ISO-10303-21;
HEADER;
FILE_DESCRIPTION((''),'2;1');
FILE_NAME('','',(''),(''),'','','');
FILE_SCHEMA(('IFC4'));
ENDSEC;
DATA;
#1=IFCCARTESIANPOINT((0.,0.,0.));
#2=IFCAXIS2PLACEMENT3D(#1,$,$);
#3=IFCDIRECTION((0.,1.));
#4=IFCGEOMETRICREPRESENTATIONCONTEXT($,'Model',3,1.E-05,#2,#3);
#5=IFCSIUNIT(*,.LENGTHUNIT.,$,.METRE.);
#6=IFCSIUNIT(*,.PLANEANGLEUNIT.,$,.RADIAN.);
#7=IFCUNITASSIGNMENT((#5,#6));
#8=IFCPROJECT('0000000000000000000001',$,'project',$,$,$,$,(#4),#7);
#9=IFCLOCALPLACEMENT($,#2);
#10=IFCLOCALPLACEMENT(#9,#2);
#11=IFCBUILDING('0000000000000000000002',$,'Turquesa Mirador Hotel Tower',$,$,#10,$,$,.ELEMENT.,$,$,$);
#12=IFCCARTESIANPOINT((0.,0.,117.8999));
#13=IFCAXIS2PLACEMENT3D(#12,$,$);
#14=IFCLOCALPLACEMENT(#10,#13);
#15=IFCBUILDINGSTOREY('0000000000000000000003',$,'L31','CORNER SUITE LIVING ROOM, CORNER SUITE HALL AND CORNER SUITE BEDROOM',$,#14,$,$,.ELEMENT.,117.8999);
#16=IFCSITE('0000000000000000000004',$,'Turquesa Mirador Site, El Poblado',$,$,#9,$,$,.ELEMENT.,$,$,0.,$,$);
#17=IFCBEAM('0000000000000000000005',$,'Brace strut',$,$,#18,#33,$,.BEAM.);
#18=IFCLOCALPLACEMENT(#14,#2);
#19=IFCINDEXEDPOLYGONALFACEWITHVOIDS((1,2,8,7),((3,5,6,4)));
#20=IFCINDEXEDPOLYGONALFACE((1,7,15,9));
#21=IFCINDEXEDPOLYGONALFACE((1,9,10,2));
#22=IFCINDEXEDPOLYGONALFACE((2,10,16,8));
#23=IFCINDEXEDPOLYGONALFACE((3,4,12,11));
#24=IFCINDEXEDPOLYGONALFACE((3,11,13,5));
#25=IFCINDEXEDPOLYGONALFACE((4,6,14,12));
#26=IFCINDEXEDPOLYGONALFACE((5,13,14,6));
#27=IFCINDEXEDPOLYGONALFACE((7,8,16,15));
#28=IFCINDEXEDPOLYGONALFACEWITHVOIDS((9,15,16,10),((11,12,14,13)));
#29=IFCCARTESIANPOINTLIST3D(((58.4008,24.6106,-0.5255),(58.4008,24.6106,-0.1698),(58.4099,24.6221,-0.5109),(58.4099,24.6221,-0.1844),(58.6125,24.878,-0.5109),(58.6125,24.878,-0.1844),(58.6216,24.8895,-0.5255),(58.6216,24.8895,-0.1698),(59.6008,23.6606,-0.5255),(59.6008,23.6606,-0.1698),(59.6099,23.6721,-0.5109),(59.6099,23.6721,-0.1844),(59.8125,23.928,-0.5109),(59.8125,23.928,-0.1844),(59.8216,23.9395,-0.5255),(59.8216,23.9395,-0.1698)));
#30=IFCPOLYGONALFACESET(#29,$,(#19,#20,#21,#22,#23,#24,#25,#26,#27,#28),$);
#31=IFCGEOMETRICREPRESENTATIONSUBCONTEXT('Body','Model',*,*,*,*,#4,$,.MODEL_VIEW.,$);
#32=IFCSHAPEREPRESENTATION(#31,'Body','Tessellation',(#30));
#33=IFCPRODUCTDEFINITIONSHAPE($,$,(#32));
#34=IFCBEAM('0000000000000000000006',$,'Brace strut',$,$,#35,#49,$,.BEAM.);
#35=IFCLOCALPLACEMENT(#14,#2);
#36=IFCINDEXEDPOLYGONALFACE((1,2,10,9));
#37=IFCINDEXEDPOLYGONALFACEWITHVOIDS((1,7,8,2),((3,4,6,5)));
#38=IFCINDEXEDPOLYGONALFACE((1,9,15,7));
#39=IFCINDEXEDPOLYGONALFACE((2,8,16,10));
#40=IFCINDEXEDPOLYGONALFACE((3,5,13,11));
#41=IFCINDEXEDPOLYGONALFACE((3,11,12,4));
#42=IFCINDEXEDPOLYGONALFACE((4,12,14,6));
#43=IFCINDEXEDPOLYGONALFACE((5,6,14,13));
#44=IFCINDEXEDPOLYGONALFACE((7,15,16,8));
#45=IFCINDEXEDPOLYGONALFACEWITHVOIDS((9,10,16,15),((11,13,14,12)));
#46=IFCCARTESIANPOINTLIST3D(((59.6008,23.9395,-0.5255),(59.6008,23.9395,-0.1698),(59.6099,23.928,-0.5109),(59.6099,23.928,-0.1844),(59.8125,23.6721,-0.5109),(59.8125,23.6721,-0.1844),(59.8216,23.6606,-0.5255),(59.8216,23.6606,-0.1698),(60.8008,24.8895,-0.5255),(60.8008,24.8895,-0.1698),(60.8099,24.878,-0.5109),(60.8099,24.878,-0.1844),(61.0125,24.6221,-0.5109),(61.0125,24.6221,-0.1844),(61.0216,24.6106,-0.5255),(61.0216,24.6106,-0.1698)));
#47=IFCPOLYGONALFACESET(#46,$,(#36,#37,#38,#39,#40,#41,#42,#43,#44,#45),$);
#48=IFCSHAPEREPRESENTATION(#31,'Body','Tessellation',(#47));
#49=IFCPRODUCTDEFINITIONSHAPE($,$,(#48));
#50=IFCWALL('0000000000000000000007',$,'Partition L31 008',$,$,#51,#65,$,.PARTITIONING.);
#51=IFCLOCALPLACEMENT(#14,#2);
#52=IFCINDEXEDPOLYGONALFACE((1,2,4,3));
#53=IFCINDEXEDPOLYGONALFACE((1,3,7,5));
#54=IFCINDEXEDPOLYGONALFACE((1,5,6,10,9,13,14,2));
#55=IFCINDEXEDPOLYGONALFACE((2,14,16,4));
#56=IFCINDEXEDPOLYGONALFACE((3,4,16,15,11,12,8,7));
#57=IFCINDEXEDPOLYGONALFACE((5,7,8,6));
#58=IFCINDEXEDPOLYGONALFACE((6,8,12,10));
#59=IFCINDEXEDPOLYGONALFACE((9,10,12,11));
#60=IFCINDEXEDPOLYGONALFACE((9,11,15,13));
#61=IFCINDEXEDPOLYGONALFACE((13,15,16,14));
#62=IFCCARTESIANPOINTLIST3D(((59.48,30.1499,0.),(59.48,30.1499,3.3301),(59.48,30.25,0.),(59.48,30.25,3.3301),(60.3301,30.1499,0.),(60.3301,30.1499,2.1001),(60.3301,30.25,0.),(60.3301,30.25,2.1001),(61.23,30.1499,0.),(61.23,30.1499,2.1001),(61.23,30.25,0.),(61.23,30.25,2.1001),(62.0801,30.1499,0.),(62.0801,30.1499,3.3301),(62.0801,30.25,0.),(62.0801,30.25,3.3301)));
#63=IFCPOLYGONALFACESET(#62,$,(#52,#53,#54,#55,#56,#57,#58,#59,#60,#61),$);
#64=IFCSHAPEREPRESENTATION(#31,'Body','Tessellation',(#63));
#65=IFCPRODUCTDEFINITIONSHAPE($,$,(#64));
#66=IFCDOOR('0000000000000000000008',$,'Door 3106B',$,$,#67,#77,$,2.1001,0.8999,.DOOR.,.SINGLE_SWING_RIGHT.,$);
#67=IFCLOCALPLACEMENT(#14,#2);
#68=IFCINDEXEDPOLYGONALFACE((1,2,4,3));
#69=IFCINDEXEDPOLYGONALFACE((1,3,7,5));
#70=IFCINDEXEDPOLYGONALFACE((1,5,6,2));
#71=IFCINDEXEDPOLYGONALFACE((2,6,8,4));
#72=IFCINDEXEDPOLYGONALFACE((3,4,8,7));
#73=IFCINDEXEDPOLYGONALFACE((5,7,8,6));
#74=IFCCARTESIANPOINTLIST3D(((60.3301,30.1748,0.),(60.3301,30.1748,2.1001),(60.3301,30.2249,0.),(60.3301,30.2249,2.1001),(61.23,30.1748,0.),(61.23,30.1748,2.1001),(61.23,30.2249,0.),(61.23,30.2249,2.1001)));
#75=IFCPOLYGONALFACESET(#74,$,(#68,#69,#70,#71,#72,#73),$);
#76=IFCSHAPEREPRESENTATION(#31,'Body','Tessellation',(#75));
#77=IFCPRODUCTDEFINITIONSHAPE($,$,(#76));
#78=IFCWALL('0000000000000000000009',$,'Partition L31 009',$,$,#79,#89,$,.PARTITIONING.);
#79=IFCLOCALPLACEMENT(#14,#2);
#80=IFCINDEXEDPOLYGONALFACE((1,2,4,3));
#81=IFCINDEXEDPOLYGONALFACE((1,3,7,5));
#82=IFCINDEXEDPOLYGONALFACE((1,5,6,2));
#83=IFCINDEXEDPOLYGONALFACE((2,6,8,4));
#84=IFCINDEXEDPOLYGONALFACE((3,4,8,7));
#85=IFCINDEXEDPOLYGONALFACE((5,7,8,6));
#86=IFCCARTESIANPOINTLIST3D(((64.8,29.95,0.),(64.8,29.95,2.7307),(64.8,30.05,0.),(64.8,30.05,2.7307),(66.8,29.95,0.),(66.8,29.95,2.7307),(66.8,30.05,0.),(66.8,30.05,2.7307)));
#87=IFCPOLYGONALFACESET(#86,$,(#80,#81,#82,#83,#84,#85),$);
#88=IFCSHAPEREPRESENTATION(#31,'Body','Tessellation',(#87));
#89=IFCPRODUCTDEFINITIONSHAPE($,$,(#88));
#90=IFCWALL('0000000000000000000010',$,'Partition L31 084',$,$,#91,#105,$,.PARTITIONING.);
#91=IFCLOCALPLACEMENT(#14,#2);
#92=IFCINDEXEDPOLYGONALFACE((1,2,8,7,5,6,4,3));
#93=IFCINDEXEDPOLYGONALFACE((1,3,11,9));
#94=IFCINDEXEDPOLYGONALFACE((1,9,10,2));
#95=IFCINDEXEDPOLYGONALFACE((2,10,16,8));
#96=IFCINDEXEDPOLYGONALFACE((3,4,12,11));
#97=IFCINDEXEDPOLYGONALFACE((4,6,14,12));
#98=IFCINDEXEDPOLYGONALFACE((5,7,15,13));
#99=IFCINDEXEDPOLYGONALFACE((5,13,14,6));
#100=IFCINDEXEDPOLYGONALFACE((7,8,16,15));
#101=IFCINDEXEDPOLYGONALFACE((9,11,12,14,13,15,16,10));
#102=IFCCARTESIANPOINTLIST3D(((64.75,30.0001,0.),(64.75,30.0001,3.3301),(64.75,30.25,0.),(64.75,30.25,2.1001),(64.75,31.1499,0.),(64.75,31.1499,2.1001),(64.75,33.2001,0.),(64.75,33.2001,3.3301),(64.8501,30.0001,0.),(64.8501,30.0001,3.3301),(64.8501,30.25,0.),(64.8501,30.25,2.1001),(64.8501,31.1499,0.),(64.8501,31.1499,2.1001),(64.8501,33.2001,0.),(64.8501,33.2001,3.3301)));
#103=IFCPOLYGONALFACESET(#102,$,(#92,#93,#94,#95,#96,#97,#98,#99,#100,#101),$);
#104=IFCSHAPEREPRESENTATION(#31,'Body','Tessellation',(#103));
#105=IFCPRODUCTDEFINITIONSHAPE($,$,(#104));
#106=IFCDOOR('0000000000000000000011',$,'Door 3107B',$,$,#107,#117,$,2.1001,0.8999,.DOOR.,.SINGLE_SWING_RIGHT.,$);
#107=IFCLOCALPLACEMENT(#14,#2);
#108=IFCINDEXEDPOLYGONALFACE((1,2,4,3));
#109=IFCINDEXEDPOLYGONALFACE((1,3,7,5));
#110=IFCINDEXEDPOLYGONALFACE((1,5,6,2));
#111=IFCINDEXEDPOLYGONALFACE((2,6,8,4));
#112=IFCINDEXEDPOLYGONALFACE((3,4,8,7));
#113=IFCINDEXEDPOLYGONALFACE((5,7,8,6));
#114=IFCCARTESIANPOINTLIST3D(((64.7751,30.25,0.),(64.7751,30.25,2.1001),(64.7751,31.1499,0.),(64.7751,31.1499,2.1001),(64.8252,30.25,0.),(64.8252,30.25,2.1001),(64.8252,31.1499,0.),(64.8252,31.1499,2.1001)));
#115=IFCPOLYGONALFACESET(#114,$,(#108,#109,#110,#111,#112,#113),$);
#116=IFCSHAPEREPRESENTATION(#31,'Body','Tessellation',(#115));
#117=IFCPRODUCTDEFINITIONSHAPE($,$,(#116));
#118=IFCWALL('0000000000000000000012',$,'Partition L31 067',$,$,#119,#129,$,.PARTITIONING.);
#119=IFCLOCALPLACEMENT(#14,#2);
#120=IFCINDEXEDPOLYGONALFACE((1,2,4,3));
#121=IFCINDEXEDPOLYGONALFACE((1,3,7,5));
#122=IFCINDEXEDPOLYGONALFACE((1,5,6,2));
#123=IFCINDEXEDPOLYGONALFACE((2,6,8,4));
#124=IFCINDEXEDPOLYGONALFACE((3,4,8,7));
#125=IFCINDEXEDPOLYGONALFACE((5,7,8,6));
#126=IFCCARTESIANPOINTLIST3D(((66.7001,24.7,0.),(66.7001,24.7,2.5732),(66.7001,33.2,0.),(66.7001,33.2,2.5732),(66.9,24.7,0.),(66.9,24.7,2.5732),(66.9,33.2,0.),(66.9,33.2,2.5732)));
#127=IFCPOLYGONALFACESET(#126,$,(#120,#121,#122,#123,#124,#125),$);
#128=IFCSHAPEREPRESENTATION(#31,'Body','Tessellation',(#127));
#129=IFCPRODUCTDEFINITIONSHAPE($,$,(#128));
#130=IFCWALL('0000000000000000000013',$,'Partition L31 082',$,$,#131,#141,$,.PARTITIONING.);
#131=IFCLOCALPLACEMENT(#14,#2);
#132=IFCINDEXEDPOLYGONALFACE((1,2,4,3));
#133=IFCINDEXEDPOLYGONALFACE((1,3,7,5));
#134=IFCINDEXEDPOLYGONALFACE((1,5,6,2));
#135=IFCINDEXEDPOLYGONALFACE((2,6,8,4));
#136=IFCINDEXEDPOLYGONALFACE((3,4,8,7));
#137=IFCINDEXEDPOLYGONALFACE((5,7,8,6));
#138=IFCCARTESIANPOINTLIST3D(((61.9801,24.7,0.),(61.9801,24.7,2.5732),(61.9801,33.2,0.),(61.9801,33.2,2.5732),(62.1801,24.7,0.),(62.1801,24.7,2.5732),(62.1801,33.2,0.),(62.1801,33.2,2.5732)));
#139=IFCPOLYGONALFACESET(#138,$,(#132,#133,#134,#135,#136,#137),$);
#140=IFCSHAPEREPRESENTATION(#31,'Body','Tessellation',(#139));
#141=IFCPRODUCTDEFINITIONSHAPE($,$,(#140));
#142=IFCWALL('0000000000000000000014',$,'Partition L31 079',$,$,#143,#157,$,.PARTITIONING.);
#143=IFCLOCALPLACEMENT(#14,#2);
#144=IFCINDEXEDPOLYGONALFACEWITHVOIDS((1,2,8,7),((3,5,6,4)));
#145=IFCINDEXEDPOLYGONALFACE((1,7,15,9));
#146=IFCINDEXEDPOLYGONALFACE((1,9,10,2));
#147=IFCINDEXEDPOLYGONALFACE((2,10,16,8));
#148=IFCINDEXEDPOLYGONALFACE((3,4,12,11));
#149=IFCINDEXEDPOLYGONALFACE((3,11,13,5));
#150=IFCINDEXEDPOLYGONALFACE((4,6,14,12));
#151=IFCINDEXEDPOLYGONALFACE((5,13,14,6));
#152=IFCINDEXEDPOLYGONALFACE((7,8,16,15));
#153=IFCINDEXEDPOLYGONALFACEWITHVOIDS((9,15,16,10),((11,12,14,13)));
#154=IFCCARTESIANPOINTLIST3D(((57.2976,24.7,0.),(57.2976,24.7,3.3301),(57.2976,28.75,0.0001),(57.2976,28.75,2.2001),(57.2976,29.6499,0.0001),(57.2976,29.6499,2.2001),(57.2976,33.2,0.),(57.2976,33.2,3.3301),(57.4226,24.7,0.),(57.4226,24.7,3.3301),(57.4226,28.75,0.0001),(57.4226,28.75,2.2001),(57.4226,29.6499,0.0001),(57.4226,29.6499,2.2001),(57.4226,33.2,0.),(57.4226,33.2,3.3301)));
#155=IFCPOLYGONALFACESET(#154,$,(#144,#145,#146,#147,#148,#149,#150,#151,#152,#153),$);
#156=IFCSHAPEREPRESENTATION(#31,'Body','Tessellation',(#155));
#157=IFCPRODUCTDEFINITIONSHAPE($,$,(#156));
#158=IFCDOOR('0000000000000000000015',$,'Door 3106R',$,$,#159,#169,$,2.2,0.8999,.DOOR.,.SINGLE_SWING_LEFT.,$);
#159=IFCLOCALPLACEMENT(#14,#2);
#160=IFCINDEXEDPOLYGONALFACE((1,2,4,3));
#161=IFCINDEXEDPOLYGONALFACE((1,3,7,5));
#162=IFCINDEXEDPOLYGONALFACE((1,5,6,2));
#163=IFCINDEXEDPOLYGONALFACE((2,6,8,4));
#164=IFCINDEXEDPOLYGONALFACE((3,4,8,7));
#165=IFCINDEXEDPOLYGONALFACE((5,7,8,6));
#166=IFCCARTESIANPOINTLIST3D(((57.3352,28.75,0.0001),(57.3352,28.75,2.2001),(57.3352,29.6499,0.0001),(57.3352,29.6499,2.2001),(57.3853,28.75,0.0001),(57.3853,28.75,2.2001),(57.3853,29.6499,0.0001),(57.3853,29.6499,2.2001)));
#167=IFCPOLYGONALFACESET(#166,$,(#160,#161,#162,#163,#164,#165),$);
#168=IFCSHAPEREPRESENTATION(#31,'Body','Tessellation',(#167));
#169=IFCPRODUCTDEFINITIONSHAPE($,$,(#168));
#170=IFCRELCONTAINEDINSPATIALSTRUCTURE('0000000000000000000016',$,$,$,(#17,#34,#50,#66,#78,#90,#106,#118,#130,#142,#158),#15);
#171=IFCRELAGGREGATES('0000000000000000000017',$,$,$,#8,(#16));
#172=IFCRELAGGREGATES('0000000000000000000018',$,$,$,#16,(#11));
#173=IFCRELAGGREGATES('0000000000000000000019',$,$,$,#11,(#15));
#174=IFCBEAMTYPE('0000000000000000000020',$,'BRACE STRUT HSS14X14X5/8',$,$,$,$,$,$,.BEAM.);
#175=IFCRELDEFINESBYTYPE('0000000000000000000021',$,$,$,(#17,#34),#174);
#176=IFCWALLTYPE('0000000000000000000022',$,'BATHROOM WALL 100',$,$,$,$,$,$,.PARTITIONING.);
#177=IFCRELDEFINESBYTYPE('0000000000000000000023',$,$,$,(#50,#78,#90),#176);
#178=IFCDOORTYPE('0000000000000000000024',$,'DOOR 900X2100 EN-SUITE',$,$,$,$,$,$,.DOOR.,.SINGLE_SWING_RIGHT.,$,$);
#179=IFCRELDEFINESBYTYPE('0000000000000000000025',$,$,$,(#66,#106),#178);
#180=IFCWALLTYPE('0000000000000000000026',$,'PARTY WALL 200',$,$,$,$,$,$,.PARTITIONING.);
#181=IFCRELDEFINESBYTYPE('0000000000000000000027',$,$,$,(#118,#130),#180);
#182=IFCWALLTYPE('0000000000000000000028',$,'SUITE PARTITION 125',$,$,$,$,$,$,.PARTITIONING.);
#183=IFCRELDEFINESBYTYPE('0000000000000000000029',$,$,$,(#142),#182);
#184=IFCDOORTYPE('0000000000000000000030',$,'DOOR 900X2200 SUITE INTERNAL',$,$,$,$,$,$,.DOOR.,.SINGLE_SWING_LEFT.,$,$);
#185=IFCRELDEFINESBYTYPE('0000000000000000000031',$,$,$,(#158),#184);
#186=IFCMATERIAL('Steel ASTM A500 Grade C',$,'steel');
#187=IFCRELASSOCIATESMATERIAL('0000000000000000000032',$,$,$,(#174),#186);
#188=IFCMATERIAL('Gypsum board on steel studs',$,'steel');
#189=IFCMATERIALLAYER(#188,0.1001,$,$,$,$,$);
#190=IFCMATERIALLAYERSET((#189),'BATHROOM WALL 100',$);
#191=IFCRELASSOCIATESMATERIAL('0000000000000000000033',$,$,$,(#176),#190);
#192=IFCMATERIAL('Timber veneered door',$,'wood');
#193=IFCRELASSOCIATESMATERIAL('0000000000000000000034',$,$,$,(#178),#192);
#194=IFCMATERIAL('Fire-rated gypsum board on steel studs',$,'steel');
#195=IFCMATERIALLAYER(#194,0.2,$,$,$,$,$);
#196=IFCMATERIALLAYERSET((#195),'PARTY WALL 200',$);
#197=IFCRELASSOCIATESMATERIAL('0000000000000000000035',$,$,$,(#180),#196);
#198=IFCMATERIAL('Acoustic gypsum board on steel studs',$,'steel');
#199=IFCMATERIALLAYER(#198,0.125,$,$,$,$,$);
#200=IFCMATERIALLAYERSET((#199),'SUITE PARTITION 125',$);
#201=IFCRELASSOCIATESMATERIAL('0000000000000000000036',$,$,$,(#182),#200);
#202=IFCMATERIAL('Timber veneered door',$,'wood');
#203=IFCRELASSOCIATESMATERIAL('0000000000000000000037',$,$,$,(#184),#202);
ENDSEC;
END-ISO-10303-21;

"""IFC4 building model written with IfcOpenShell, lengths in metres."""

from ifc_helpers import new_model, si_unit, direction, frame, frame_2d, origin, origin_2d, place, context, subcontext, project, spatial, rectangle, hollow_rectangle, extrude, material, layer, layer_set, material_profile, profile_set, type_object, element, fill, save


model = new_model("IFC4")

# Units and contexts
model_context = context("Model", 3, precision=1e-05, world=origin(), true_north=direction((0.0, 1.0)))
body_context = subcontext(model_context, "Body", "Model", "MODEL_VIEW")
ifc_project = project(units=[si_unit("LENGTHUNIT", "METRE"), si_unit("PLANEANGLEUNIT", "RADIAN")], contexts=[model_context])

# Site, building, storey
site_placement = place(None, origin())
site = spatial("IfcSite", under=ifc_project, at=site_placement, Name="Turquesa Mirador Site, El Poblado", CompositionType="ELEMENT", RefElevation=0.0)
building_placement = place(site_placement, origin())
building = spatial("IfcBuilding", under=site, at=building_placement, Name="Turquesa Mirador Hotel Tower", CompositionType="ELEMENT")
storey_placement = place(building_placement, frame((0.0, 0.0, 117.8999)))
storey = spatial("IfcBuildingStorey", under=building, at=storey_placement, Name="L31", Description="CORNER SUITE LIVING ROOM, CORNER SUITE HALL AND CORNER SUITE BEDROOM", CompositionType="ELEMENT", Elevation=117.8999)

# Beams
ifc_material_1 = material(Name="Steel ASTM A500 Grade C", Category="steel")
ifc_material_profile_1 = material_profile(ifc_material_1, hollow_rectangle(XDim=0.3557, YDim=0.3557, WallThickness=0.0146, at=origin_2d()), Name="HSS14X14X5/8")
ifc_profile_set_1 = profile_set([ifc_material_profile_1], Name="Steel ASTM A500 Grade C")
beam_type_1 = type_object("IfcBeamType", Name="BRACE STRUT HSS14X14X5/8", PredefinedType="BEAM", material=ifc_profile_set_1)
for number, where, z_axis, x_axis, name in (
    (1, (59.7112, 23.8, -0.3477), (-0.784049, 0.620699, 0.0), (-0.620699, -0.784049, 0.0), "Brace strut"),
    (2, (59.7112, 23.8, -0.3477), (0.784049, 0.620699, 0.0), (-0.620699, 0.784049, 0.0), "Brace strut"),
):
    element("IfcBeam", number, at=place(storey_placement, frame(where, z_axis=z_axis, x_axis=x_axis)), inside=storey, type_object=beam_type_1, Name=name, PredefinedType="BEAM", context=body_context, shape_type="SweptSolid", body=[
        extrude(hollow_rectangle(XDim=0.3557, YDim=0.3557, WallThickness=0.0146, at=origin_2d()), origin(), (0.0, 0.0, 1.0), 1.5305),
    ])

# Wall, opening, door
ifc_material_2 = material(Name="Gypsum board on steel studs", Category="steel")
ifc_layer_1 = layer(ifc_material_2, 0.1001)
ifc_layer_set_1 = layer_set([ifc_layer_1], Name="BATHROOM WALL 100")
wall_type_1 = type_object("IfcWallType", Name="BATHROOM WALL 100", PredefinedType="PARTITIONING", material=ifc_layer_set_1)
wall_1_placement = place(storey_placement, frame((59.48, 30.2, 0.0), z_axis=(0.0, 0.0, 1.0), x_axis=(1.0, 0.0, 0.0)))
wall_1 = element("IfcWall", 3, at=wall_1_placement, inside=storey, type_object=wall_type_1, Name="Partition L31 008", PredefinedType="PARTITIONING", context=body_context, shape_type="SweptSolid", body=[
    extrude(rectangle(XDim=2.6001, YDim=0.1001, at=frame_2d((1.3, 0.0))), origin(), (0.0, 0.0, 1.0), 3.3301),
])
opening_1_placement = place(wall_1_placement, frame((0.8501, 0.0, 0.0)))
opening_1 = element("IfcOpeningElement", 4, at=opening_1_placement, cuts=wall_1, PredefinedType="OPENING", context=body_context, shape_type="SweptSolid", body=[
    extrude(rectangle(XDim=0.8999, YDim=2.1001, at=frame_2d((0.45, 1.05))), frame((0.0, 0.0601, 0.0), z_axis=(0.0, -1.0, 0.0), x_axis=(1.0, 0.0, 0.0)), (0.0, 0.0, 1.0), 0.1201),
])
ifc_material_3 = material(Name="Timber veneered door", Category="wood")
door_type_1 = type_object("IfcDoorType", Name="DOOR 900X2100 EN-SUITE", OperationType="SINGLE_SWING_RIGHT", PredefinedType="DOOR", material=ifc_material_3)
door_1_placement = place(opening_1_placement, origin())
door_1 = element("IfcDoor", 5, at=door_1_placement, inside=storey, type_object=door_type_1, Name="Door 3106B", OperationType="SINGLE_SWING_RIGHT", OverallHeight=2.1001, OverallWidth=0.8999, PredefinedType="DOOR", context=body_context, shape_type="SweptSolid", body=[
    extrude(rectangle(XDim=0.8999, YDim=2.1001, at=frame_2d((0.45, 1.05))), frame((0.0, 0.0249, 0.0), z_axis=(0.0, -1.0, 0.0), x_axis=(1.0, 0.0, 0.0)), (0.0, 0.0, 1.0), 0.05),
])
fill(opening_1, door_1)

# Wall
wall_2_placement = place(storey_placement, frame((64.8, 30.0, 0.0), z_axis=(0.0, 0.0, 1.0), x_axis=(1.0, 0.0, 0.0)))
element("IfcWall", 6, at=wall_2_placement, inside=storey, type_object=wall_type_1, Name="Partition L31 009", PredefinedType="PARTITIONING", context=body_context, shape_type="SweptSolid", body=[
    extrude(rectangle(XDim=2.0, YDim=0.1001, at=frame_2d((1.0, 0.0))), origin(), (0.0, 0.0, 1.0), 2.7307),
])

# Wall, opening, door
wall_3_placement = place(storey_placement, frame((64.8, 30.0, 0.0), z_axis=(0.0, 0.0, 1.0), x_axis=(0.0, 1.0, 0.0)))
wall_3 = element("IfcWall", 7, at=wall_3_placement, inside=storey, type_object=wall_type_1, Name="Partition L31 084", PredefinedType="PARTITIONING", context=body_context, shape_type="SweptSolid", body=[
    extrude(rectangle(XDim=3.2, YDim=0.1001, at=frame_2d((1.6001, 0.0))), origin(), (0.0, 0.0, 1.0), 3.3301),
])
opening_2_placement = place(wall_3_placement, frame((0.25, 0.0, 0.0)))
opening_2 = element("IfcOpeningElement", 8, at=opening_2_placement, cuts=wall_3, PredefinedType="OPENING", context=body_context, shape_type="SweptSolid", body=[
    extrude(rectangle(XDim=0.8999, YDim=2.1001, at=frame_2d((0.45, 1.05))), frame((0.0, 0.0601, 0.0), z_axis=(0.0, -1.0, 0.0), x_axis=(1.0, 0.0, 0.0)), (0.0, 0.0, 1.0), 0.1201),
])
door_2_placement = place(opening_2_placement, origin())
door_2 = element("IfcDoor", 9, at=door_2_placement, inside=storey, type_object=door_type_1, Name="Door 3107B", OperationType="SINGLE_SWING_RIGHT", OverallHeight=2.1001, OverallWidth=0.8999, PredefinedType="DOOR", context=body_context, shape_type="SweptSolid", body=[
    extrude(rectangle(XDim=0.8999, YDim=2.1001, at=frame_2d((0.45, 1.05))), frame((0.0, 0.0249, 0.0), z_axis=(0.0, -1.0, 0.0), x_axis=(1.0, 0.0, 0.0)), (0.0, 0.0, 1.0), 0.05),
])
fill(opening_2, door_2)

# Walls
ifc_material_4 = material(Name="Fire-rated gypsum board on steel studs", Category="steel")
ifc_layer_2 = layer(ifc_material_4, 0.2)
ifc_layer_set_2 = layer_set([ifc_layer_2], Name="PARTY WALL 200")
wall_type_2 = type_object("IfcWallType", Name="PARTY WALL 200", PredefinedType="PARTITIONING", material=ifc_layer_set_2)
for number, where, z_axis, x_axis, name in (
    (10, (66.8, 24.7, 0.0), (0.0, 0.0, 1.0), (0.0, 1.0, 0.0), "Partition L31 067"),
    (11, (62.0801, 24.7, 0.0), (0.0, 0.0, 1.0), (0.0, 1.0, 0.0), "Partition L31 082"),
):
    element("IfcWall", number, at=place(storey_placement, frame(where, z_axis=z_axis, x_axis=x_axis)), inside=storey, type_object=wall_type_2, Name=name, PredefinedType="PARTITIONING", context=body_context, shape_type="SweptSolid", body=[
        extrude(rectangle(XDim=8.5, YDim=0.2, at=frame_2d((4.25, 0.0))), origin(), (0.0, 0.0, 1.0), 2.5732),
    ])

# Wall, opening, door
ifc_material_5 = material(Name="Acoustic gypsum board on steel studs", Category="steel")
ifc_layer_3 = layer(ifc_material_5, 0.125)
ifc_layer_set_3 = layer_set([ifc_layer_3], Name="SUITE PARTITION 125")
wall_type_3 = type_object("IfcWallType", Name="SUITE PARTITION 125", PredefinedType="PARTITIONING", material=ifc_layer_set_3)
wall_4_placement = place(storey_placement, frame((57.3601, 24.7, 0.0), z_axis=(0.0, 0.0, 1.0), x_axis=(0.0, 1.0, 0.0)))
wall_4 = element("IfcWall", 12, at=wall_4_placement, inside=storey, type_object=wall_type_3, Name="Partition L31 079", PredefinedType="PARTITIONING", context=body_context, shape_type="SweptSolid", body=[
    extrude(rectangle(XDim=8.5, YDim=0.125, at=frame_2d((4.25, 0.0))), origin(), (0.0, 0.0, 1.0), 3.3301),
])
opening_3_placement = place(wall_4_placement, frame((4.05, 0.0, 0.0)))
opening_3 = element("IfcOpeningElement", 13, at=opening_3_placement, cuts=wall_4, PredefinedType="OPENING", context=body_context, shape_type="SweptSolid", body=[
    extrude(rectangle(XDim=0.8999, YDim=2.2, at=frame_2d((0.45, 1.1001))), frame((0.0, 0.0725, 0.0), z_axis=(0.0, -1.0, 0.0), x_axis=(1.0, 0.0, 0.0)), (0.0, 0.0, 1.0), 0.145),
])
ifc_material_6 = material(Name="Timber veneered door", Category="wood")
door_type_2 = type_object("IfcDoorType", Name="DOOR 900X2200 SUITE INTERNAL", OperationType="SINGLE_SWING_LEFT", PredefinedType="DOOR", material=ifc_material_6)
door_3_placement = place(opening_3_placement, origin())
door_3 = element("IfcDoor", 14, at=door_3_placement, inside=storey, type_object=door_type_2, Name="Door 3106R", OperationType="SINGLE_SWING_LEFT", OverallHeight=2.2, OverallWidth=0.8999, PredefinedType="DOOR", context=body_context, shape_type="SweptSolid", body=[
    extrude(rectangle(XDim=0.8999, YDim=2.2, at=frame_2d((0.45, 1.1001))), frame((0.0, 0.0249, 0.0), z_axis=(0.0, -1.0, 0.0), x_axis=(1.0, 0.0, 0.0)), (0.0, 0.0, 1.0), 0.05),
])
fill(opening_3, door_3)

save(model, "model.ifc")
